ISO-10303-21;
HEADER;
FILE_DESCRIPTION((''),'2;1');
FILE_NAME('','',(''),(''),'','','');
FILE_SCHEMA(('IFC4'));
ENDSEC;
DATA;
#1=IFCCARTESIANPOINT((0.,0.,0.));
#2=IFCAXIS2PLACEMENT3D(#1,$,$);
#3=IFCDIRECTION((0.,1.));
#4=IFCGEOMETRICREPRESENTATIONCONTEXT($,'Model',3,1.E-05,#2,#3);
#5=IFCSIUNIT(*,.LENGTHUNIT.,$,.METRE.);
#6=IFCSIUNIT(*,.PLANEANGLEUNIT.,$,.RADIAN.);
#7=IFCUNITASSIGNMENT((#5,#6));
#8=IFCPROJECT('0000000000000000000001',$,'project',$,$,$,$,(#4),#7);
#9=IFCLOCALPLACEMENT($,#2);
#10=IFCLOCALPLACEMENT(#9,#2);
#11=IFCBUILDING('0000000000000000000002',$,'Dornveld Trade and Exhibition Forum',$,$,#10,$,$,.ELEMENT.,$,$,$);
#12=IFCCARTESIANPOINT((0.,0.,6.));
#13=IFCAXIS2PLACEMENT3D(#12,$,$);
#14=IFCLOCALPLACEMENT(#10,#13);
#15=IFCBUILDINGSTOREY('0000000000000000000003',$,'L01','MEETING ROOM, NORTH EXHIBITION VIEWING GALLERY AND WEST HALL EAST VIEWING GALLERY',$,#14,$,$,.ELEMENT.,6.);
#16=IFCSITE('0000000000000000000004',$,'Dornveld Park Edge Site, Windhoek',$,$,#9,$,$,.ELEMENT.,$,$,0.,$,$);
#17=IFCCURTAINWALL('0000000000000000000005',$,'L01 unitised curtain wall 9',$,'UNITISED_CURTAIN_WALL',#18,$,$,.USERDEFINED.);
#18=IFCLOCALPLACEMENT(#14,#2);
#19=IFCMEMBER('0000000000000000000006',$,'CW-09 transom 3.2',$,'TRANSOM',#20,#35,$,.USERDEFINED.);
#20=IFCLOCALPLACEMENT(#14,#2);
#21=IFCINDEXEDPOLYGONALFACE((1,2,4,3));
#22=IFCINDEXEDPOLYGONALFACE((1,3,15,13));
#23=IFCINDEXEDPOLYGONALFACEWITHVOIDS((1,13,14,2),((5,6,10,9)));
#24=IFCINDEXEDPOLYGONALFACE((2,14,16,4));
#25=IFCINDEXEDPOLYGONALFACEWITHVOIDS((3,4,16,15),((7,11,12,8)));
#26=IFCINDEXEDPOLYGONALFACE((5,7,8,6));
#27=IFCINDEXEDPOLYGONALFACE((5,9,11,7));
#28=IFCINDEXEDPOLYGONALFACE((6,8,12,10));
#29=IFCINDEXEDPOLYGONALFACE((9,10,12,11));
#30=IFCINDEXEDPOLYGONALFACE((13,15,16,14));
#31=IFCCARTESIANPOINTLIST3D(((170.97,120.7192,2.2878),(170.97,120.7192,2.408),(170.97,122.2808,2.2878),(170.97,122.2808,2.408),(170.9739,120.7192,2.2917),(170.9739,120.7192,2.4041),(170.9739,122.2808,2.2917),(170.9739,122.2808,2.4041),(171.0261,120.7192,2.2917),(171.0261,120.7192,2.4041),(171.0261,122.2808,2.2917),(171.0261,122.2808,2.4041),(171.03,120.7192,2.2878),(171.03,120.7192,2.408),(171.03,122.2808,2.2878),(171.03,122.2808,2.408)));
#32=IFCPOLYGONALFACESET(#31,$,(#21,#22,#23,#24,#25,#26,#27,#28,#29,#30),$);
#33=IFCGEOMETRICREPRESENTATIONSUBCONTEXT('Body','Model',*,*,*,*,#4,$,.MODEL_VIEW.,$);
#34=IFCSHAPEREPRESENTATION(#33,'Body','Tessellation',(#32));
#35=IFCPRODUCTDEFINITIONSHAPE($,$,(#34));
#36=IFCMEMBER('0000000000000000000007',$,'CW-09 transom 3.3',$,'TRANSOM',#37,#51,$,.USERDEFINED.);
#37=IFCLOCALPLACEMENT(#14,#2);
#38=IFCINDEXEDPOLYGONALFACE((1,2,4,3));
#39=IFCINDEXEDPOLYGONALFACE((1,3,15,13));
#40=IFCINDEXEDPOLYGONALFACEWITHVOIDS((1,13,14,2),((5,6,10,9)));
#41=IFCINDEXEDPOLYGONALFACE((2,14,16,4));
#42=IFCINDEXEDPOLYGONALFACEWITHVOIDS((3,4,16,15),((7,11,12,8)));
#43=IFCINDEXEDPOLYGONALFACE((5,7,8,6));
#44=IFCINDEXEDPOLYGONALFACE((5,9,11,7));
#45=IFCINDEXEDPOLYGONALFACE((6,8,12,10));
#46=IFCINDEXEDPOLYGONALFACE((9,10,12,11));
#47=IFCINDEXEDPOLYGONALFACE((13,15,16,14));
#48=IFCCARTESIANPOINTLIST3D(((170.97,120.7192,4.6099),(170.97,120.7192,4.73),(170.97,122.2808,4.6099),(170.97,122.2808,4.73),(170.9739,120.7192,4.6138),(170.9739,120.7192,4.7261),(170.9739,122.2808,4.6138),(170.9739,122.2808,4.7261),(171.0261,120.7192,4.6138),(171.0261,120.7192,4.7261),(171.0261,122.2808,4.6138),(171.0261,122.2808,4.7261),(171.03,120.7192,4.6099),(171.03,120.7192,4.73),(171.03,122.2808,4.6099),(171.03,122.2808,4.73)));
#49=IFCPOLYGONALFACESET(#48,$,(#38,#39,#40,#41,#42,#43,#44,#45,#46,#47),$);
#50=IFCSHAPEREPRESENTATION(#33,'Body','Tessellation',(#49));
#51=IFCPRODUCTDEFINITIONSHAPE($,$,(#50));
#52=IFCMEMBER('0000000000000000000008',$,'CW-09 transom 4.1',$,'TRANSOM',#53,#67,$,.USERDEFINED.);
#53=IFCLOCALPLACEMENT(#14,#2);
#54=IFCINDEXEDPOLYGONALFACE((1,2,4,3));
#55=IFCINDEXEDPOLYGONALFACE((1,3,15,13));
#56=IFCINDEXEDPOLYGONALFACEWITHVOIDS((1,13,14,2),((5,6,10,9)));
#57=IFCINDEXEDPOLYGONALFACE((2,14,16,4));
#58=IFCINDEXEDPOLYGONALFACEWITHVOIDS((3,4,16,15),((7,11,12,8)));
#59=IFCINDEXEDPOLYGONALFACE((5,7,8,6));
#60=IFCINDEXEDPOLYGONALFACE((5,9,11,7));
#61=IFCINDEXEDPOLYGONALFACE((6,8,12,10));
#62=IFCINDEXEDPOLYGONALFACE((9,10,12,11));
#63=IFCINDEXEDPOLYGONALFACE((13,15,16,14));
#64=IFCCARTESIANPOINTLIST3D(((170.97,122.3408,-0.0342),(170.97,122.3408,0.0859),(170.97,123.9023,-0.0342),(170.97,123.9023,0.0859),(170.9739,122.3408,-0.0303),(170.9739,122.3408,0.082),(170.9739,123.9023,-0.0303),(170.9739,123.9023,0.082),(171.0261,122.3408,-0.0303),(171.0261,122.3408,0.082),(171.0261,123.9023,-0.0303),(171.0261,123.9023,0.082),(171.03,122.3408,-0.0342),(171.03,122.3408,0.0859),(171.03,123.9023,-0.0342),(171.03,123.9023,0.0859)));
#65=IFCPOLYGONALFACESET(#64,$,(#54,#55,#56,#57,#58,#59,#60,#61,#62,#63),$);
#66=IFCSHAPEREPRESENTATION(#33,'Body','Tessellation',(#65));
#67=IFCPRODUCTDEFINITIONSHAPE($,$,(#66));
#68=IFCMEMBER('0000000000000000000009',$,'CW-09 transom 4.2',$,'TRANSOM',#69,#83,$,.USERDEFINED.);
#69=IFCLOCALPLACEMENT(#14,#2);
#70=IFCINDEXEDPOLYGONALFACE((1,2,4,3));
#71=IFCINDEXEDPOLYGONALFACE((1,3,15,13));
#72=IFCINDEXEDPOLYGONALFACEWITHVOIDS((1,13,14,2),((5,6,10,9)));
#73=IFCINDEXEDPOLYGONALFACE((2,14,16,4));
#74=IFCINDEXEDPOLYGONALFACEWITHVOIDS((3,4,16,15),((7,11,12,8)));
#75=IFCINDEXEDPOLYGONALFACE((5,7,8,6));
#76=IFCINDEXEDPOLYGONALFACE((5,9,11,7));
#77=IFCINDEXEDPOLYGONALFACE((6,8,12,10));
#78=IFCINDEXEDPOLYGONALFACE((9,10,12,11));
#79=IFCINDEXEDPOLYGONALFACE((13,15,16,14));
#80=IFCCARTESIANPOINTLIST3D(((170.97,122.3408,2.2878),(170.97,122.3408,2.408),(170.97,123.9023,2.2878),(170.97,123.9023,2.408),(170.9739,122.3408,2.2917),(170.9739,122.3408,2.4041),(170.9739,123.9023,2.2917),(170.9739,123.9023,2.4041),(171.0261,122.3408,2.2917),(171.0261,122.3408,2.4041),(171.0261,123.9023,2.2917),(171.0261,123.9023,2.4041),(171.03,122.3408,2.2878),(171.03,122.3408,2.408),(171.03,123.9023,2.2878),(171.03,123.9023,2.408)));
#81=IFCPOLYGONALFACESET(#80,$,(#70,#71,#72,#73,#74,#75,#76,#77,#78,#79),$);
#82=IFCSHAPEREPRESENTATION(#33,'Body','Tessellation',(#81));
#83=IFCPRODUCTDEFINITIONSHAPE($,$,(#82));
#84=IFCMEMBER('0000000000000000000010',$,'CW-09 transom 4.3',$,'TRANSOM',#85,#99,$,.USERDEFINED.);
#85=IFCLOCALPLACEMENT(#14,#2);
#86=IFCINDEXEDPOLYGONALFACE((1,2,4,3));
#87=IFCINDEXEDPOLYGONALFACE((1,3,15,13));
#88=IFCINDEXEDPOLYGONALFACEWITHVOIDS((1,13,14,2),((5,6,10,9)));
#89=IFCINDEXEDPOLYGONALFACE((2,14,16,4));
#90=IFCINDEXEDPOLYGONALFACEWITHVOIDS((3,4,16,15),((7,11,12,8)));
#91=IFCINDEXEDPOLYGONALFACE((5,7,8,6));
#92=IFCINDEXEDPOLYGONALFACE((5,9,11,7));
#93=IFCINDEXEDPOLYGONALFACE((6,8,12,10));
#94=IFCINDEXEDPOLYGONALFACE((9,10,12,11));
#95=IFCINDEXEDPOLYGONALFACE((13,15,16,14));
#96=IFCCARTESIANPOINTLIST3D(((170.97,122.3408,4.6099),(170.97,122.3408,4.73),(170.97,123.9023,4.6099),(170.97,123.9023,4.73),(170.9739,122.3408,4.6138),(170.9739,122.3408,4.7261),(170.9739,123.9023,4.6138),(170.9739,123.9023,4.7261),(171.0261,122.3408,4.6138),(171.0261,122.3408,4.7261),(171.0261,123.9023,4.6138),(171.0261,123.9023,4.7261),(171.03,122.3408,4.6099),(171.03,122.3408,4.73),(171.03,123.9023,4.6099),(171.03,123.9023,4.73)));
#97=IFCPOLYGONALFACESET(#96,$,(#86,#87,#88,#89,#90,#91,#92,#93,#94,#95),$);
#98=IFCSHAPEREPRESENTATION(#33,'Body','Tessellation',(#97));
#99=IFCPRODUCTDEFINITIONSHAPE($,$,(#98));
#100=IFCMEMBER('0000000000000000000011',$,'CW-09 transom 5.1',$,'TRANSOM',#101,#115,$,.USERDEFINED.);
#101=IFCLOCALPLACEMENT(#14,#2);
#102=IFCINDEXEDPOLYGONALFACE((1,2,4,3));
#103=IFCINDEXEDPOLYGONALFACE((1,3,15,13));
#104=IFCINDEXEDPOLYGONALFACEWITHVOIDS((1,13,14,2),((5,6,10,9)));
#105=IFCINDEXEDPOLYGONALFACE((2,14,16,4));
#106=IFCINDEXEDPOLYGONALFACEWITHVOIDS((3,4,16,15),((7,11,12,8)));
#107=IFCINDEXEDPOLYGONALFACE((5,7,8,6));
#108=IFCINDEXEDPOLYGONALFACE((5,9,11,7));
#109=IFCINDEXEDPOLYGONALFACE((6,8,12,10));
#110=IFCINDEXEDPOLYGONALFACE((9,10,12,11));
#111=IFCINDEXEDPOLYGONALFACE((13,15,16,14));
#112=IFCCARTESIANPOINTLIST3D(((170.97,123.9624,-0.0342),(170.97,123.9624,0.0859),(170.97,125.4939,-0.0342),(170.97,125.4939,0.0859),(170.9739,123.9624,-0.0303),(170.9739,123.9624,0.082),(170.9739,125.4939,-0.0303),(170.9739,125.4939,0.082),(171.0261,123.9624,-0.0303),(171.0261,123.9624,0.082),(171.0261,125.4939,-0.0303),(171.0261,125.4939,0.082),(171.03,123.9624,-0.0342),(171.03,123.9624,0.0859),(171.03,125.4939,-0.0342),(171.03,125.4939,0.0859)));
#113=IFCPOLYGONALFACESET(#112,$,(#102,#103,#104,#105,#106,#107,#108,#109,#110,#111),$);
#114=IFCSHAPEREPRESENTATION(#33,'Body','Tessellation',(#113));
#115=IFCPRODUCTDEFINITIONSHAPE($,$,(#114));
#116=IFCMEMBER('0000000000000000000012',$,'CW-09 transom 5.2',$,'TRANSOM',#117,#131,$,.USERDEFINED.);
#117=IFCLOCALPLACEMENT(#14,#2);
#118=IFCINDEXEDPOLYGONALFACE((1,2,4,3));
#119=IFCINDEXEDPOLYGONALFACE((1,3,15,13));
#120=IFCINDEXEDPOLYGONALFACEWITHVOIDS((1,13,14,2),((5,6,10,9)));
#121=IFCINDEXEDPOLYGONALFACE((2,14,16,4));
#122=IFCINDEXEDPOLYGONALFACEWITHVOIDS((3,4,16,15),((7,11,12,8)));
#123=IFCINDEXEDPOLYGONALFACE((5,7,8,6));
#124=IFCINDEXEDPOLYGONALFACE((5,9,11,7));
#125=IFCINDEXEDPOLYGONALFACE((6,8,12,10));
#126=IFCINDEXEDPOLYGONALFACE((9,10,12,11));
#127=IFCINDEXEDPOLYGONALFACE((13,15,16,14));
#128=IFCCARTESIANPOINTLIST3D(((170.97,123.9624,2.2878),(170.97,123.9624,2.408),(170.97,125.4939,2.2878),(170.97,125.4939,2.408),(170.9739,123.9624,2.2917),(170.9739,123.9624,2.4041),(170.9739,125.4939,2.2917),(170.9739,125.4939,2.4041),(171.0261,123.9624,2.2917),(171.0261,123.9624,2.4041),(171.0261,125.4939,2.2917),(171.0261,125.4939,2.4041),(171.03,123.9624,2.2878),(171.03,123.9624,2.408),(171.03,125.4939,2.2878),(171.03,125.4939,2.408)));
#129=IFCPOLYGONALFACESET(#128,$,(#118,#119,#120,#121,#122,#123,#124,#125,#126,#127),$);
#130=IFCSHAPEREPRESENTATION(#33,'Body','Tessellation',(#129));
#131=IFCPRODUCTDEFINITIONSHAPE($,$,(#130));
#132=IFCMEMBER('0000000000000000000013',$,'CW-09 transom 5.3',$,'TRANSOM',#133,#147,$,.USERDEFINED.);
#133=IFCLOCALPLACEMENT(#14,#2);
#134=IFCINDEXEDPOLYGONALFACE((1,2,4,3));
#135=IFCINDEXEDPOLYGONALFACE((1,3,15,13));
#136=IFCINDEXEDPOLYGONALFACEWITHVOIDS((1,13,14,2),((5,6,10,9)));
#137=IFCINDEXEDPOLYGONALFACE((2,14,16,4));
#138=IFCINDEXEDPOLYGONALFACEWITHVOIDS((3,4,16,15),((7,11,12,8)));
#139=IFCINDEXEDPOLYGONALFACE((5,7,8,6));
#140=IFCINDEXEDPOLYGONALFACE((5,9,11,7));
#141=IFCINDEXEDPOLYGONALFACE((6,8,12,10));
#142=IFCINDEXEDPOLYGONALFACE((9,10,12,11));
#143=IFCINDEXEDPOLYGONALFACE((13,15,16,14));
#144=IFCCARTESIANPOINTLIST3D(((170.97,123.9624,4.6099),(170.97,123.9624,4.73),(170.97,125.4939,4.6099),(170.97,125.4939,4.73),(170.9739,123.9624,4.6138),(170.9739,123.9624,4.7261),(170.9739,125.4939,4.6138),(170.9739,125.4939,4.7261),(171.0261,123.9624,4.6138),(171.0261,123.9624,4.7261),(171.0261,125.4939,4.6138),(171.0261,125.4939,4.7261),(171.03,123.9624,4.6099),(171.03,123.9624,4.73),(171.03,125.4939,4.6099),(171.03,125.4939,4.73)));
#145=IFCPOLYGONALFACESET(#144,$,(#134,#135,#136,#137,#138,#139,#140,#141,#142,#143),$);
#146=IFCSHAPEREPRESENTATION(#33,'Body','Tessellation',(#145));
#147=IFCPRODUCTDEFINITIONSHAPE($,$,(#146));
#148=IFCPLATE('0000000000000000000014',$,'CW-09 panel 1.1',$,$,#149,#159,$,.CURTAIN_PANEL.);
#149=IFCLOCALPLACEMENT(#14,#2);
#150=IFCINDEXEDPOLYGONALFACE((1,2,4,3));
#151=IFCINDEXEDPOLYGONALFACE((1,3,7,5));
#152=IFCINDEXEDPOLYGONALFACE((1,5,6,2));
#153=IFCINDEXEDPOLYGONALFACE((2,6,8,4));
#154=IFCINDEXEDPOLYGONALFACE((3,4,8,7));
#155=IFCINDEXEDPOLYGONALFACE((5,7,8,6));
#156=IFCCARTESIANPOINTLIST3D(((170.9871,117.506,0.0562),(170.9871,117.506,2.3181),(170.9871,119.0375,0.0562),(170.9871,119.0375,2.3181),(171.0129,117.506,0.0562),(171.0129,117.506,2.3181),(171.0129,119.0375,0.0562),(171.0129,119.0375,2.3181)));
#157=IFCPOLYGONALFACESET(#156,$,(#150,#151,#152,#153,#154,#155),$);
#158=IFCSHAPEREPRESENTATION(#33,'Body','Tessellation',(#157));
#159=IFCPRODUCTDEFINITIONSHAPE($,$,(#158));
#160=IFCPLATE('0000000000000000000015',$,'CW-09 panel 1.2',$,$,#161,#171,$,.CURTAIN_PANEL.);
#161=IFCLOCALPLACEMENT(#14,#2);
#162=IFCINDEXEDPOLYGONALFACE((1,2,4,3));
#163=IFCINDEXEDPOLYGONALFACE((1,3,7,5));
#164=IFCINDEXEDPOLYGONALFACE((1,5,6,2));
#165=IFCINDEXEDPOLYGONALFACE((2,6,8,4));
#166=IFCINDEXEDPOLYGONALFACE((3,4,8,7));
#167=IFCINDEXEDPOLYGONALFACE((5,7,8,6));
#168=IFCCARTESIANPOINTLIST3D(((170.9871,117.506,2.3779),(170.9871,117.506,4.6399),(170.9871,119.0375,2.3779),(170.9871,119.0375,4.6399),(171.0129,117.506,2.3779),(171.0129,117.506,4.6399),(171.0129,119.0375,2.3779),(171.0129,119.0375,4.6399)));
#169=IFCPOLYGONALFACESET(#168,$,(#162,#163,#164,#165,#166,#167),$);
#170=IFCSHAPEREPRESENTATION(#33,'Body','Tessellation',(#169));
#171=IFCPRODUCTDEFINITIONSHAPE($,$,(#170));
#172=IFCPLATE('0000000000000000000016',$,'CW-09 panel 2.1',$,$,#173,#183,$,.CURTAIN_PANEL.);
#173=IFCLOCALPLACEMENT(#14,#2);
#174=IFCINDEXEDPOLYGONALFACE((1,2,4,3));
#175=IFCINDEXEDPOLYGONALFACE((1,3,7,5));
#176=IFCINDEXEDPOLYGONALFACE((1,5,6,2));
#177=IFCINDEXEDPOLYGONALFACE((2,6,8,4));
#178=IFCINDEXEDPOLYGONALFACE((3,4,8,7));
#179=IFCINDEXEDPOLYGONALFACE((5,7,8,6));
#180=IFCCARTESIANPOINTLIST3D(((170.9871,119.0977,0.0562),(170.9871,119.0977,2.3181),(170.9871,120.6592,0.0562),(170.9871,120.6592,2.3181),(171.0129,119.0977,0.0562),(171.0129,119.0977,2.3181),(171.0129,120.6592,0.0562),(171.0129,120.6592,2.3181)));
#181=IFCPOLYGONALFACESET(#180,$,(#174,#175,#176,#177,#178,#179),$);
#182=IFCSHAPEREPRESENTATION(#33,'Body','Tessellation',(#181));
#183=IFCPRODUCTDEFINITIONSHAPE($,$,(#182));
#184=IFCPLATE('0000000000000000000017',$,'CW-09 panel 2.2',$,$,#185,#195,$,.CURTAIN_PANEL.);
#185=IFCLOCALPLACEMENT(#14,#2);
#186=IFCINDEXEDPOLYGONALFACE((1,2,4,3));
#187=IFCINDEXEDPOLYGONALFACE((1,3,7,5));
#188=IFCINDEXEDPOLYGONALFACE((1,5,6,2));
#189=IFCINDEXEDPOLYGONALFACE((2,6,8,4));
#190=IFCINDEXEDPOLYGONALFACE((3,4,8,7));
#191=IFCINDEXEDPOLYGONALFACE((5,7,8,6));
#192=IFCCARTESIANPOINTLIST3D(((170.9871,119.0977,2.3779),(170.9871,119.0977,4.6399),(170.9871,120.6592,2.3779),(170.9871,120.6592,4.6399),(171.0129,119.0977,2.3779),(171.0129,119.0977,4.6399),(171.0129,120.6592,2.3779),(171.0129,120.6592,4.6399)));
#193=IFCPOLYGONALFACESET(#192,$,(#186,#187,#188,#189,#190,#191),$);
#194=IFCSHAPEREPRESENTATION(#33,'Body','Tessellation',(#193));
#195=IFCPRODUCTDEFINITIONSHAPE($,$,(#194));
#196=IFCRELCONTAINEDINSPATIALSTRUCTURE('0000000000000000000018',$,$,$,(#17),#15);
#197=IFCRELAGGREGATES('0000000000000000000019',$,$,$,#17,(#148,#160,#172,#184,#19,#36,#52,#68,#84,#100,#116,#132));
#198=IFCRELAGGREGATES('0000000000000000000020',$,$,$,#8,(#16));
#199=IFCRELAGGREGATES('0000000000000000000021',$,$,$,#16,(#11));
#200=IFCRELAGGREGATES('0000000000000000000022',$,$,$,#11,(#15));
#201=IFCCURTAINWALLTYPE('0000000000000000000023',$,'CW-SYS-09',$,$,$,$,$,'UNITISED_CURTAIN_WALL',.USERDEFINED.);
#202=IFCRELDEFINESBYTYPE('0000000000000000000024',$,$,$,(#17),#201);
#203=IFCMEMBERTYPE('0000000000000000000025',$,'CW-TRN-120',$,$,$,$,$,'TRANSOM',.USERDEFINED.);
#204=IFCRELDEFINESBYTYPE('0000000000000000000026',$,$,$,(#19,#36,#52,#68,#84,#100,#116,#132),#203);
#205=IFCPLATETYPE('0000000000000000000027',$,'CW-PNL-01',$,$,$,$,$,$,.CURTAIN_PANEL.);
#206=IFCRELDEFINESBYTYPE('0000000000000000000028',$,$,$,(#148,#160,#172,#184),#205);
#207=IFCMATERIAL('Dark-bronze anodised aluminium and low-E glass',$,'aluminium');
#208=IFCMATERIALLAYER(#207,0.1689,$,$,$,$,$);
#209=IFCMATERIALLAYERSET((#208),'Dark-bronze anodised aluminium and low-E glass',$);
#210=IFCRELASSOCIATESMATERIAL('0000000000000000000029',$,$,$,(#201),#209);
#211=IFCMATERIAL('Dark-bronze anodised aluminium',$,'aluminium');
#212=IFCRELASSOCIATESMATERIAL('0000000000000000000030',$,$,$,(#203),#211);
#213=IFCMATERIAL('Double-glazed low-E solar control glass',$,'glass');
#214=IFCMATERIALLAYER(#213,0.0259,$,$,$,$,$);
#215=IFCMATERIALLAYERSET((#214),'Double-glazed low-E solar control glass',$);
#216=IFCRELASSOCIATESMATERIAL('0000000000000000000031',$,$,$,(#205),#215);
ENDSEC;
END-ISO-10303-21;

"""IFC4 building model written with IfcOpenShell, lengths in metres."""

from ifc_helpers import new_model, si_unit, direction, frame, origin, origin_2d, place, context, subcontext, project, spatial, rectangle, hollow_rectangle, extrude, material, layer, layer_set, material_profile, profile_set, type_object, element, aggregate, save


model = new_model("IFC4")

# Units and contexts
model_context = context("Model", 3, precision=1e-05, world=origin(), true_north=direction((0.0, 1.0)))
body_context = subcontext(model_context, "Body", "Model", "MODEL_VIEW")
ifc_project = project(units=[si_unit("LENGTHUNIT", "METRE"), si_unit("PLANEANGLEUNIT", "RADIAN")], contexts=[model_context])

# Site, building, storey
site_placement = place(None, origin())
site = spatial("IfcSite", under=ifc_project, at=site_placement, Name="Dornveld Park Edge Site, Windhoek", CompositionType="ELEMENT", RefElevation=0.0)
building_placement = place(site_placement, origin())
building = spatial("IfcBuilding", under=site, at=building_placement, Name="Dornveld Trade and Exhibition Forum", CompositionType="ELEMENT")
storey_placement = place(building_placement, frame((0.0, 0.0, 6.0)))
storey = spatial("IfcBuildingStorey", under=building, at=storey_placement, Name="L01", Description="MEETING ROOM, NORTH EXHIBITION VIEWING GALLERY AND WEST HALL EAST VIEWING GALLERY", CompositionType="ELEMENT", Elevation=6.0)

# Curtain wall, members, plates
ifc_material_1 = material(Name="Dark-bronze anodised aluminium and low-E glass", Category="aluminium")
ifc_layer_1 = layer(ifc_material_1, 0.1689)
ifc_layer_set_1 = layer_set([ifc_layer_1], Name="Dark-bronze anodised aluminium and low-E glass")
curtain_wall_type = type_object("IfcCurtainWallType", Name="CW-SYS-09", ElementType="UNITISED_CURTAIN_WALL", PredefinedType="USERDEFINED", material=ifc_layer_set_1)
curtain_wall_placement = place(storey_placement, origin())
curtain_wall = element("IfcCurtainWall", 1, at=curtain_wall_placement, inside=storey, type_object=curtain_wall_type, Name="L01 unitised curtain wall 9", ObjectType="UNITISED_CURTAIN_WALL", PredefinedType="USERDEFINED")
ifc_material_2 = material(Name="Dark-bronze anodised aluminium", Category="aluminium")
ifc_material_profile_1 = material_profile(ifc_material_2, hollow_rectangle(XDim=0.0601, YDim=0.1201, WallThickness=0.0039, at=origin_2d()), Name="RHS 120x60x4")
ifc_profile_set_1 = profile_set([ifc_material_profile_1], Name="Dark-bronze anodised aluminium")
member_type_1 = type_object("IfcMemberType", Name="CW-TRN-120", ElementType="TRANSOM", PredefinedType="USERDEFINED", material=ifc_profile_set_1)
member_1_placement = place(storey_placement, frame((171.0, 120.7192, 2.3479), z_axis=(0.0, 1.0, 0.0), x_axis=(-1.0, 0.0, 0.0)))
member_1 = element("IfcMember", 2, at=member_1_placement, type_object=member_type_1, Name="CW-09 transom 3.2", ObjectType="TRANSOM", PredefinedType="USERDEFINED", context=body_context, shape_type="SweptSolid", body=[
    extrude(hollow_rectangle(XDim=0.0601, YDim=0.1201, WallThickness=0.0039, at=origin_2d()), origin(), (0.0, 0.0, 1.0), 1.5615),
])
member_2_placement = place(storey_placement, frame((171.0, 120.7192, 4.6699), z_axis=(0.0, 1.0, 0.0), x_axis=(-1.0, 0.0, 0.0)))
member_2 = element("IfcMember", 3, at=member_2_placement, type_object=member_type_1, Name="CW-09 transom 3.3", ObjectType="TRANSOM", PredefinedType="USERDEFINED", context=body_context, shape_type="SweptSolid", body=[
    extrude(hollow_rectangle(XDim=0.0601, YDim=0.1201, WallThickness=0.0039, at=origin_2d()), origin(), (0.0, 0.0, 1.0), 1.5615),
])
member_3_placement = place(storey_placement, frame((171.0, 122.3408, 0.0259), z_axis=(0.0, 1.0, 0.0), x_axis=(-1.0, 0.0, 0.0)))
member_3 = element("IfcMember", 4, at=member_3_placement, type_object=member_type_1, Name="CW-09 transom 4.1", ObjectType="TRANSOM", PredefinedType="USERDEFINED", context=body_context, shape_type="SweptSolid", body=[
    extrude(hollow_rectangle(XDim=0.0601, YDim=0.1201, WallThickness=0.0039, at=origin_2d()), origin(), (0.0, 0.0, 1.0), 1.5615),
])
member_4_placement = place(storey_placement, frame((171.0, 122.3408, 2.3479), z_axis=(0.0, 1.0, 0.0), x_axis=(-1.0, 0.0, 0.0)))
member_4 = element("IfcMember", 5, at=member_4_placement, type_object=member_type_1, Name="CW-09 transom 4.2", ObjectType="TRANSOM", PredefinedType="USERDEFINED", context=body_context, shape_type="SweptSolid", body=[
    extrude(hollow_rectangle(XDim=0.0601, YDim=0.1201, WallThickness=0.0039, at=origin_2d()), origin(), (0.0, 0.0, 1.0), 1.5615),
])
member_5_placement = place(storey_placement, frame((171.0, 122.3408, 4.6699), z_axis=(0.0, 1.0, 0.0), x_axis=(-1.0, 0.0, 0.0)))
member_5 = element("IfcMember", 6, at=member_5_placement, type_object=member_type_1, Name="CW-09 transom 4.3", ObjectType="TRANSOM", PredefinedType="USERDEFINED", context=body_context, shape_type="SweptSolid", body=[
    extrude(hollow_rectangle(XDim=0.0601, YDim=0.1201, WallThickness=0.0039, at=origin_2d()), origin(), (0.0, 0.0, 1.0), 1.5615),
])
member_6_placement = place(storey_placement, frame((171.0, 123.9624, 0.0259), z_axis=(0.0, 1.0, 0.0), x_axis=(-1.0, 0.0, 0.0)))
member_6 = element("IfcMember", 7, at=member_6_placement, type_object=member_type_1, Name="CW-09 transom 5.1", ObjectType="TRANSOM", PredefinedType="USERDEFINED", context=body_context, shape_type="SweptSolid", body=[
    extrude(hollow_rectangle(XDim=0.0601, YDim=0.1201, WallThickness=0.0039, at=origin_2d()), origin(), (0.0, 0.0, 1.0), 1.5315),
])
member_7_placement = place(storey_placement, frame((171.0, 123.9624, 2.3479), z_axis=(0.0, 1.0, 0.0), x_axis=(-1.0, 0.0, 0.0)))
member_7 = element("IfcMember", 8, at=member_7_placement, type_object=member_type_1, Name="CW-09 transom 5.2", ObjectType="TRANSOM", PredefinedType="USERDEFINED", context=body_context, shape_type="SweptSolid", body=[
    extrude(hollow_rectangle(XDim=0.0601, YDim=0.1201, WallThickness=0.0039, at=origin_2d()), origin(), (0.0, 0.0, 1.0), 1.5315),
])
member_8_placement = place(storey_placement, frame((171.0, 123.9624, 4.6699), z_axis=(0.0, 1.0, 0.0), x_axis=(-1.0, 0.0, 0.0)))
member_8 = element("IfcMember", 9, at=member_8_placement, type_object=member_type_1, Name="CW-09 transom 5.3", ObjectType="TRANSOM", PredefinedType="USERDEFINED", context=body_context, shape_type="SweptSolid", body=[
    extrude(hollow_rectangle(XDim=0.0601, YDim=0.1201, WallThickness=0.0039, at=origin_2d()), origin(), (0.0, 0.0, 1.0), 1.5315),
])
ifc_material_3 = material(Name="Double-glazed low-E solar control glass", Category="glass")
ifc_layer_2 = layer(ifc_material_3, 0.0259)
ifc_layer_set_2 = layer_set([ifc_layer_2], Name="Double-glazed low-E solar control glass")
plate_type = type_object("IfcPlateType", Name="CW-PNL-01", PredefinedType="CURTAIN_PANEL", material=ifc_layer_set_2)
plate_1_placement = place(storey_placement, frame((171.0, 118.2717, 0.0562), z_axis=(0.0, 0.0, 1.0), x_axis=(0.0, 1.0, 0.0)))
plate_1 = element("IfcPlate", 10, at=plate_1_placement, type_object=plate_type, Name="CW-09 panel 1.1", PredefinedType="CURTAIN_PANEL", context=body_context, shape_type="SweptSolid", body=[
    extrude(rectangle(XDim=1.5315, YDim=0.0259, at=origin_2d()), origin(), (0.0, 0.0, 1.0), 2.262),
])
plate_2_placement = place(storey_placement, frame((171.0, 118.2717, 2.3779), z_axis=(0.0, 0.0, 1.0), x_axis=(0.0, 1.0, 0.0)))
plate_2 = element("IfcPlate", 11, at=plate_2_placement, type_object=plate_type, Name="CW-09 panel 1.2", PredefinedType="CURTAIN_PANEL", context=body_context, shape_type="SweptSolid", body=[
    extrude(rectangle(XDim=1.5315, YDim=0.0259, at=origin_2d()), origin(), (0.0, 0.0, 1.0), 2.262),
])
plate_3_placement = place(storey_placement, frame((171.0, 119.8784, 0.0562), z_axis=(0.0, 0.0, 1.0), x_axis=(0.0, 1.0, 0.0)))
plate_3 = element("IfcPlate", 12, at=plate_3_placement, type_object=plate_type, Name="CW-09 panel 2.1", PredefinedType="CURTAIN_PANEL", context=body_context, shape_type="SweptSolid", body=[
    extrude(rectangle(XDim=1.5615, YDim=0.0259, at=origin_2d()), origin(), (0.0, 0.0, 1.0), 2.262),
])
plate_4_placement = place(storey_placement, frame((171.0, 119.8784, 2.3779), z_axis=(0.0, 0.0, 1.0), x_axis=(0.0, 1.0, 0.0)))
plate_4 = element("IfcPlate", 13, at=plate_4_placement, type_object=plate_type, Name="CW-09 panel 2.2", PredefinedType="CURTAIN_PANEL", context=body_context, shape_type="SweptSolid", body=[
    extrude(rectangle(XDim=1.5615, YDim=0.0259, at=origin_2d()), origin(), (0.0, 0.0, 1.0), 2.262),
])
aggregate(curtain_wall, [plate_1, plate_2, plate_3, plate_4, member_1, member_2, member_3, member_4, member_5, member_6, member_7, member_8])

save(model, "model.ifc")
